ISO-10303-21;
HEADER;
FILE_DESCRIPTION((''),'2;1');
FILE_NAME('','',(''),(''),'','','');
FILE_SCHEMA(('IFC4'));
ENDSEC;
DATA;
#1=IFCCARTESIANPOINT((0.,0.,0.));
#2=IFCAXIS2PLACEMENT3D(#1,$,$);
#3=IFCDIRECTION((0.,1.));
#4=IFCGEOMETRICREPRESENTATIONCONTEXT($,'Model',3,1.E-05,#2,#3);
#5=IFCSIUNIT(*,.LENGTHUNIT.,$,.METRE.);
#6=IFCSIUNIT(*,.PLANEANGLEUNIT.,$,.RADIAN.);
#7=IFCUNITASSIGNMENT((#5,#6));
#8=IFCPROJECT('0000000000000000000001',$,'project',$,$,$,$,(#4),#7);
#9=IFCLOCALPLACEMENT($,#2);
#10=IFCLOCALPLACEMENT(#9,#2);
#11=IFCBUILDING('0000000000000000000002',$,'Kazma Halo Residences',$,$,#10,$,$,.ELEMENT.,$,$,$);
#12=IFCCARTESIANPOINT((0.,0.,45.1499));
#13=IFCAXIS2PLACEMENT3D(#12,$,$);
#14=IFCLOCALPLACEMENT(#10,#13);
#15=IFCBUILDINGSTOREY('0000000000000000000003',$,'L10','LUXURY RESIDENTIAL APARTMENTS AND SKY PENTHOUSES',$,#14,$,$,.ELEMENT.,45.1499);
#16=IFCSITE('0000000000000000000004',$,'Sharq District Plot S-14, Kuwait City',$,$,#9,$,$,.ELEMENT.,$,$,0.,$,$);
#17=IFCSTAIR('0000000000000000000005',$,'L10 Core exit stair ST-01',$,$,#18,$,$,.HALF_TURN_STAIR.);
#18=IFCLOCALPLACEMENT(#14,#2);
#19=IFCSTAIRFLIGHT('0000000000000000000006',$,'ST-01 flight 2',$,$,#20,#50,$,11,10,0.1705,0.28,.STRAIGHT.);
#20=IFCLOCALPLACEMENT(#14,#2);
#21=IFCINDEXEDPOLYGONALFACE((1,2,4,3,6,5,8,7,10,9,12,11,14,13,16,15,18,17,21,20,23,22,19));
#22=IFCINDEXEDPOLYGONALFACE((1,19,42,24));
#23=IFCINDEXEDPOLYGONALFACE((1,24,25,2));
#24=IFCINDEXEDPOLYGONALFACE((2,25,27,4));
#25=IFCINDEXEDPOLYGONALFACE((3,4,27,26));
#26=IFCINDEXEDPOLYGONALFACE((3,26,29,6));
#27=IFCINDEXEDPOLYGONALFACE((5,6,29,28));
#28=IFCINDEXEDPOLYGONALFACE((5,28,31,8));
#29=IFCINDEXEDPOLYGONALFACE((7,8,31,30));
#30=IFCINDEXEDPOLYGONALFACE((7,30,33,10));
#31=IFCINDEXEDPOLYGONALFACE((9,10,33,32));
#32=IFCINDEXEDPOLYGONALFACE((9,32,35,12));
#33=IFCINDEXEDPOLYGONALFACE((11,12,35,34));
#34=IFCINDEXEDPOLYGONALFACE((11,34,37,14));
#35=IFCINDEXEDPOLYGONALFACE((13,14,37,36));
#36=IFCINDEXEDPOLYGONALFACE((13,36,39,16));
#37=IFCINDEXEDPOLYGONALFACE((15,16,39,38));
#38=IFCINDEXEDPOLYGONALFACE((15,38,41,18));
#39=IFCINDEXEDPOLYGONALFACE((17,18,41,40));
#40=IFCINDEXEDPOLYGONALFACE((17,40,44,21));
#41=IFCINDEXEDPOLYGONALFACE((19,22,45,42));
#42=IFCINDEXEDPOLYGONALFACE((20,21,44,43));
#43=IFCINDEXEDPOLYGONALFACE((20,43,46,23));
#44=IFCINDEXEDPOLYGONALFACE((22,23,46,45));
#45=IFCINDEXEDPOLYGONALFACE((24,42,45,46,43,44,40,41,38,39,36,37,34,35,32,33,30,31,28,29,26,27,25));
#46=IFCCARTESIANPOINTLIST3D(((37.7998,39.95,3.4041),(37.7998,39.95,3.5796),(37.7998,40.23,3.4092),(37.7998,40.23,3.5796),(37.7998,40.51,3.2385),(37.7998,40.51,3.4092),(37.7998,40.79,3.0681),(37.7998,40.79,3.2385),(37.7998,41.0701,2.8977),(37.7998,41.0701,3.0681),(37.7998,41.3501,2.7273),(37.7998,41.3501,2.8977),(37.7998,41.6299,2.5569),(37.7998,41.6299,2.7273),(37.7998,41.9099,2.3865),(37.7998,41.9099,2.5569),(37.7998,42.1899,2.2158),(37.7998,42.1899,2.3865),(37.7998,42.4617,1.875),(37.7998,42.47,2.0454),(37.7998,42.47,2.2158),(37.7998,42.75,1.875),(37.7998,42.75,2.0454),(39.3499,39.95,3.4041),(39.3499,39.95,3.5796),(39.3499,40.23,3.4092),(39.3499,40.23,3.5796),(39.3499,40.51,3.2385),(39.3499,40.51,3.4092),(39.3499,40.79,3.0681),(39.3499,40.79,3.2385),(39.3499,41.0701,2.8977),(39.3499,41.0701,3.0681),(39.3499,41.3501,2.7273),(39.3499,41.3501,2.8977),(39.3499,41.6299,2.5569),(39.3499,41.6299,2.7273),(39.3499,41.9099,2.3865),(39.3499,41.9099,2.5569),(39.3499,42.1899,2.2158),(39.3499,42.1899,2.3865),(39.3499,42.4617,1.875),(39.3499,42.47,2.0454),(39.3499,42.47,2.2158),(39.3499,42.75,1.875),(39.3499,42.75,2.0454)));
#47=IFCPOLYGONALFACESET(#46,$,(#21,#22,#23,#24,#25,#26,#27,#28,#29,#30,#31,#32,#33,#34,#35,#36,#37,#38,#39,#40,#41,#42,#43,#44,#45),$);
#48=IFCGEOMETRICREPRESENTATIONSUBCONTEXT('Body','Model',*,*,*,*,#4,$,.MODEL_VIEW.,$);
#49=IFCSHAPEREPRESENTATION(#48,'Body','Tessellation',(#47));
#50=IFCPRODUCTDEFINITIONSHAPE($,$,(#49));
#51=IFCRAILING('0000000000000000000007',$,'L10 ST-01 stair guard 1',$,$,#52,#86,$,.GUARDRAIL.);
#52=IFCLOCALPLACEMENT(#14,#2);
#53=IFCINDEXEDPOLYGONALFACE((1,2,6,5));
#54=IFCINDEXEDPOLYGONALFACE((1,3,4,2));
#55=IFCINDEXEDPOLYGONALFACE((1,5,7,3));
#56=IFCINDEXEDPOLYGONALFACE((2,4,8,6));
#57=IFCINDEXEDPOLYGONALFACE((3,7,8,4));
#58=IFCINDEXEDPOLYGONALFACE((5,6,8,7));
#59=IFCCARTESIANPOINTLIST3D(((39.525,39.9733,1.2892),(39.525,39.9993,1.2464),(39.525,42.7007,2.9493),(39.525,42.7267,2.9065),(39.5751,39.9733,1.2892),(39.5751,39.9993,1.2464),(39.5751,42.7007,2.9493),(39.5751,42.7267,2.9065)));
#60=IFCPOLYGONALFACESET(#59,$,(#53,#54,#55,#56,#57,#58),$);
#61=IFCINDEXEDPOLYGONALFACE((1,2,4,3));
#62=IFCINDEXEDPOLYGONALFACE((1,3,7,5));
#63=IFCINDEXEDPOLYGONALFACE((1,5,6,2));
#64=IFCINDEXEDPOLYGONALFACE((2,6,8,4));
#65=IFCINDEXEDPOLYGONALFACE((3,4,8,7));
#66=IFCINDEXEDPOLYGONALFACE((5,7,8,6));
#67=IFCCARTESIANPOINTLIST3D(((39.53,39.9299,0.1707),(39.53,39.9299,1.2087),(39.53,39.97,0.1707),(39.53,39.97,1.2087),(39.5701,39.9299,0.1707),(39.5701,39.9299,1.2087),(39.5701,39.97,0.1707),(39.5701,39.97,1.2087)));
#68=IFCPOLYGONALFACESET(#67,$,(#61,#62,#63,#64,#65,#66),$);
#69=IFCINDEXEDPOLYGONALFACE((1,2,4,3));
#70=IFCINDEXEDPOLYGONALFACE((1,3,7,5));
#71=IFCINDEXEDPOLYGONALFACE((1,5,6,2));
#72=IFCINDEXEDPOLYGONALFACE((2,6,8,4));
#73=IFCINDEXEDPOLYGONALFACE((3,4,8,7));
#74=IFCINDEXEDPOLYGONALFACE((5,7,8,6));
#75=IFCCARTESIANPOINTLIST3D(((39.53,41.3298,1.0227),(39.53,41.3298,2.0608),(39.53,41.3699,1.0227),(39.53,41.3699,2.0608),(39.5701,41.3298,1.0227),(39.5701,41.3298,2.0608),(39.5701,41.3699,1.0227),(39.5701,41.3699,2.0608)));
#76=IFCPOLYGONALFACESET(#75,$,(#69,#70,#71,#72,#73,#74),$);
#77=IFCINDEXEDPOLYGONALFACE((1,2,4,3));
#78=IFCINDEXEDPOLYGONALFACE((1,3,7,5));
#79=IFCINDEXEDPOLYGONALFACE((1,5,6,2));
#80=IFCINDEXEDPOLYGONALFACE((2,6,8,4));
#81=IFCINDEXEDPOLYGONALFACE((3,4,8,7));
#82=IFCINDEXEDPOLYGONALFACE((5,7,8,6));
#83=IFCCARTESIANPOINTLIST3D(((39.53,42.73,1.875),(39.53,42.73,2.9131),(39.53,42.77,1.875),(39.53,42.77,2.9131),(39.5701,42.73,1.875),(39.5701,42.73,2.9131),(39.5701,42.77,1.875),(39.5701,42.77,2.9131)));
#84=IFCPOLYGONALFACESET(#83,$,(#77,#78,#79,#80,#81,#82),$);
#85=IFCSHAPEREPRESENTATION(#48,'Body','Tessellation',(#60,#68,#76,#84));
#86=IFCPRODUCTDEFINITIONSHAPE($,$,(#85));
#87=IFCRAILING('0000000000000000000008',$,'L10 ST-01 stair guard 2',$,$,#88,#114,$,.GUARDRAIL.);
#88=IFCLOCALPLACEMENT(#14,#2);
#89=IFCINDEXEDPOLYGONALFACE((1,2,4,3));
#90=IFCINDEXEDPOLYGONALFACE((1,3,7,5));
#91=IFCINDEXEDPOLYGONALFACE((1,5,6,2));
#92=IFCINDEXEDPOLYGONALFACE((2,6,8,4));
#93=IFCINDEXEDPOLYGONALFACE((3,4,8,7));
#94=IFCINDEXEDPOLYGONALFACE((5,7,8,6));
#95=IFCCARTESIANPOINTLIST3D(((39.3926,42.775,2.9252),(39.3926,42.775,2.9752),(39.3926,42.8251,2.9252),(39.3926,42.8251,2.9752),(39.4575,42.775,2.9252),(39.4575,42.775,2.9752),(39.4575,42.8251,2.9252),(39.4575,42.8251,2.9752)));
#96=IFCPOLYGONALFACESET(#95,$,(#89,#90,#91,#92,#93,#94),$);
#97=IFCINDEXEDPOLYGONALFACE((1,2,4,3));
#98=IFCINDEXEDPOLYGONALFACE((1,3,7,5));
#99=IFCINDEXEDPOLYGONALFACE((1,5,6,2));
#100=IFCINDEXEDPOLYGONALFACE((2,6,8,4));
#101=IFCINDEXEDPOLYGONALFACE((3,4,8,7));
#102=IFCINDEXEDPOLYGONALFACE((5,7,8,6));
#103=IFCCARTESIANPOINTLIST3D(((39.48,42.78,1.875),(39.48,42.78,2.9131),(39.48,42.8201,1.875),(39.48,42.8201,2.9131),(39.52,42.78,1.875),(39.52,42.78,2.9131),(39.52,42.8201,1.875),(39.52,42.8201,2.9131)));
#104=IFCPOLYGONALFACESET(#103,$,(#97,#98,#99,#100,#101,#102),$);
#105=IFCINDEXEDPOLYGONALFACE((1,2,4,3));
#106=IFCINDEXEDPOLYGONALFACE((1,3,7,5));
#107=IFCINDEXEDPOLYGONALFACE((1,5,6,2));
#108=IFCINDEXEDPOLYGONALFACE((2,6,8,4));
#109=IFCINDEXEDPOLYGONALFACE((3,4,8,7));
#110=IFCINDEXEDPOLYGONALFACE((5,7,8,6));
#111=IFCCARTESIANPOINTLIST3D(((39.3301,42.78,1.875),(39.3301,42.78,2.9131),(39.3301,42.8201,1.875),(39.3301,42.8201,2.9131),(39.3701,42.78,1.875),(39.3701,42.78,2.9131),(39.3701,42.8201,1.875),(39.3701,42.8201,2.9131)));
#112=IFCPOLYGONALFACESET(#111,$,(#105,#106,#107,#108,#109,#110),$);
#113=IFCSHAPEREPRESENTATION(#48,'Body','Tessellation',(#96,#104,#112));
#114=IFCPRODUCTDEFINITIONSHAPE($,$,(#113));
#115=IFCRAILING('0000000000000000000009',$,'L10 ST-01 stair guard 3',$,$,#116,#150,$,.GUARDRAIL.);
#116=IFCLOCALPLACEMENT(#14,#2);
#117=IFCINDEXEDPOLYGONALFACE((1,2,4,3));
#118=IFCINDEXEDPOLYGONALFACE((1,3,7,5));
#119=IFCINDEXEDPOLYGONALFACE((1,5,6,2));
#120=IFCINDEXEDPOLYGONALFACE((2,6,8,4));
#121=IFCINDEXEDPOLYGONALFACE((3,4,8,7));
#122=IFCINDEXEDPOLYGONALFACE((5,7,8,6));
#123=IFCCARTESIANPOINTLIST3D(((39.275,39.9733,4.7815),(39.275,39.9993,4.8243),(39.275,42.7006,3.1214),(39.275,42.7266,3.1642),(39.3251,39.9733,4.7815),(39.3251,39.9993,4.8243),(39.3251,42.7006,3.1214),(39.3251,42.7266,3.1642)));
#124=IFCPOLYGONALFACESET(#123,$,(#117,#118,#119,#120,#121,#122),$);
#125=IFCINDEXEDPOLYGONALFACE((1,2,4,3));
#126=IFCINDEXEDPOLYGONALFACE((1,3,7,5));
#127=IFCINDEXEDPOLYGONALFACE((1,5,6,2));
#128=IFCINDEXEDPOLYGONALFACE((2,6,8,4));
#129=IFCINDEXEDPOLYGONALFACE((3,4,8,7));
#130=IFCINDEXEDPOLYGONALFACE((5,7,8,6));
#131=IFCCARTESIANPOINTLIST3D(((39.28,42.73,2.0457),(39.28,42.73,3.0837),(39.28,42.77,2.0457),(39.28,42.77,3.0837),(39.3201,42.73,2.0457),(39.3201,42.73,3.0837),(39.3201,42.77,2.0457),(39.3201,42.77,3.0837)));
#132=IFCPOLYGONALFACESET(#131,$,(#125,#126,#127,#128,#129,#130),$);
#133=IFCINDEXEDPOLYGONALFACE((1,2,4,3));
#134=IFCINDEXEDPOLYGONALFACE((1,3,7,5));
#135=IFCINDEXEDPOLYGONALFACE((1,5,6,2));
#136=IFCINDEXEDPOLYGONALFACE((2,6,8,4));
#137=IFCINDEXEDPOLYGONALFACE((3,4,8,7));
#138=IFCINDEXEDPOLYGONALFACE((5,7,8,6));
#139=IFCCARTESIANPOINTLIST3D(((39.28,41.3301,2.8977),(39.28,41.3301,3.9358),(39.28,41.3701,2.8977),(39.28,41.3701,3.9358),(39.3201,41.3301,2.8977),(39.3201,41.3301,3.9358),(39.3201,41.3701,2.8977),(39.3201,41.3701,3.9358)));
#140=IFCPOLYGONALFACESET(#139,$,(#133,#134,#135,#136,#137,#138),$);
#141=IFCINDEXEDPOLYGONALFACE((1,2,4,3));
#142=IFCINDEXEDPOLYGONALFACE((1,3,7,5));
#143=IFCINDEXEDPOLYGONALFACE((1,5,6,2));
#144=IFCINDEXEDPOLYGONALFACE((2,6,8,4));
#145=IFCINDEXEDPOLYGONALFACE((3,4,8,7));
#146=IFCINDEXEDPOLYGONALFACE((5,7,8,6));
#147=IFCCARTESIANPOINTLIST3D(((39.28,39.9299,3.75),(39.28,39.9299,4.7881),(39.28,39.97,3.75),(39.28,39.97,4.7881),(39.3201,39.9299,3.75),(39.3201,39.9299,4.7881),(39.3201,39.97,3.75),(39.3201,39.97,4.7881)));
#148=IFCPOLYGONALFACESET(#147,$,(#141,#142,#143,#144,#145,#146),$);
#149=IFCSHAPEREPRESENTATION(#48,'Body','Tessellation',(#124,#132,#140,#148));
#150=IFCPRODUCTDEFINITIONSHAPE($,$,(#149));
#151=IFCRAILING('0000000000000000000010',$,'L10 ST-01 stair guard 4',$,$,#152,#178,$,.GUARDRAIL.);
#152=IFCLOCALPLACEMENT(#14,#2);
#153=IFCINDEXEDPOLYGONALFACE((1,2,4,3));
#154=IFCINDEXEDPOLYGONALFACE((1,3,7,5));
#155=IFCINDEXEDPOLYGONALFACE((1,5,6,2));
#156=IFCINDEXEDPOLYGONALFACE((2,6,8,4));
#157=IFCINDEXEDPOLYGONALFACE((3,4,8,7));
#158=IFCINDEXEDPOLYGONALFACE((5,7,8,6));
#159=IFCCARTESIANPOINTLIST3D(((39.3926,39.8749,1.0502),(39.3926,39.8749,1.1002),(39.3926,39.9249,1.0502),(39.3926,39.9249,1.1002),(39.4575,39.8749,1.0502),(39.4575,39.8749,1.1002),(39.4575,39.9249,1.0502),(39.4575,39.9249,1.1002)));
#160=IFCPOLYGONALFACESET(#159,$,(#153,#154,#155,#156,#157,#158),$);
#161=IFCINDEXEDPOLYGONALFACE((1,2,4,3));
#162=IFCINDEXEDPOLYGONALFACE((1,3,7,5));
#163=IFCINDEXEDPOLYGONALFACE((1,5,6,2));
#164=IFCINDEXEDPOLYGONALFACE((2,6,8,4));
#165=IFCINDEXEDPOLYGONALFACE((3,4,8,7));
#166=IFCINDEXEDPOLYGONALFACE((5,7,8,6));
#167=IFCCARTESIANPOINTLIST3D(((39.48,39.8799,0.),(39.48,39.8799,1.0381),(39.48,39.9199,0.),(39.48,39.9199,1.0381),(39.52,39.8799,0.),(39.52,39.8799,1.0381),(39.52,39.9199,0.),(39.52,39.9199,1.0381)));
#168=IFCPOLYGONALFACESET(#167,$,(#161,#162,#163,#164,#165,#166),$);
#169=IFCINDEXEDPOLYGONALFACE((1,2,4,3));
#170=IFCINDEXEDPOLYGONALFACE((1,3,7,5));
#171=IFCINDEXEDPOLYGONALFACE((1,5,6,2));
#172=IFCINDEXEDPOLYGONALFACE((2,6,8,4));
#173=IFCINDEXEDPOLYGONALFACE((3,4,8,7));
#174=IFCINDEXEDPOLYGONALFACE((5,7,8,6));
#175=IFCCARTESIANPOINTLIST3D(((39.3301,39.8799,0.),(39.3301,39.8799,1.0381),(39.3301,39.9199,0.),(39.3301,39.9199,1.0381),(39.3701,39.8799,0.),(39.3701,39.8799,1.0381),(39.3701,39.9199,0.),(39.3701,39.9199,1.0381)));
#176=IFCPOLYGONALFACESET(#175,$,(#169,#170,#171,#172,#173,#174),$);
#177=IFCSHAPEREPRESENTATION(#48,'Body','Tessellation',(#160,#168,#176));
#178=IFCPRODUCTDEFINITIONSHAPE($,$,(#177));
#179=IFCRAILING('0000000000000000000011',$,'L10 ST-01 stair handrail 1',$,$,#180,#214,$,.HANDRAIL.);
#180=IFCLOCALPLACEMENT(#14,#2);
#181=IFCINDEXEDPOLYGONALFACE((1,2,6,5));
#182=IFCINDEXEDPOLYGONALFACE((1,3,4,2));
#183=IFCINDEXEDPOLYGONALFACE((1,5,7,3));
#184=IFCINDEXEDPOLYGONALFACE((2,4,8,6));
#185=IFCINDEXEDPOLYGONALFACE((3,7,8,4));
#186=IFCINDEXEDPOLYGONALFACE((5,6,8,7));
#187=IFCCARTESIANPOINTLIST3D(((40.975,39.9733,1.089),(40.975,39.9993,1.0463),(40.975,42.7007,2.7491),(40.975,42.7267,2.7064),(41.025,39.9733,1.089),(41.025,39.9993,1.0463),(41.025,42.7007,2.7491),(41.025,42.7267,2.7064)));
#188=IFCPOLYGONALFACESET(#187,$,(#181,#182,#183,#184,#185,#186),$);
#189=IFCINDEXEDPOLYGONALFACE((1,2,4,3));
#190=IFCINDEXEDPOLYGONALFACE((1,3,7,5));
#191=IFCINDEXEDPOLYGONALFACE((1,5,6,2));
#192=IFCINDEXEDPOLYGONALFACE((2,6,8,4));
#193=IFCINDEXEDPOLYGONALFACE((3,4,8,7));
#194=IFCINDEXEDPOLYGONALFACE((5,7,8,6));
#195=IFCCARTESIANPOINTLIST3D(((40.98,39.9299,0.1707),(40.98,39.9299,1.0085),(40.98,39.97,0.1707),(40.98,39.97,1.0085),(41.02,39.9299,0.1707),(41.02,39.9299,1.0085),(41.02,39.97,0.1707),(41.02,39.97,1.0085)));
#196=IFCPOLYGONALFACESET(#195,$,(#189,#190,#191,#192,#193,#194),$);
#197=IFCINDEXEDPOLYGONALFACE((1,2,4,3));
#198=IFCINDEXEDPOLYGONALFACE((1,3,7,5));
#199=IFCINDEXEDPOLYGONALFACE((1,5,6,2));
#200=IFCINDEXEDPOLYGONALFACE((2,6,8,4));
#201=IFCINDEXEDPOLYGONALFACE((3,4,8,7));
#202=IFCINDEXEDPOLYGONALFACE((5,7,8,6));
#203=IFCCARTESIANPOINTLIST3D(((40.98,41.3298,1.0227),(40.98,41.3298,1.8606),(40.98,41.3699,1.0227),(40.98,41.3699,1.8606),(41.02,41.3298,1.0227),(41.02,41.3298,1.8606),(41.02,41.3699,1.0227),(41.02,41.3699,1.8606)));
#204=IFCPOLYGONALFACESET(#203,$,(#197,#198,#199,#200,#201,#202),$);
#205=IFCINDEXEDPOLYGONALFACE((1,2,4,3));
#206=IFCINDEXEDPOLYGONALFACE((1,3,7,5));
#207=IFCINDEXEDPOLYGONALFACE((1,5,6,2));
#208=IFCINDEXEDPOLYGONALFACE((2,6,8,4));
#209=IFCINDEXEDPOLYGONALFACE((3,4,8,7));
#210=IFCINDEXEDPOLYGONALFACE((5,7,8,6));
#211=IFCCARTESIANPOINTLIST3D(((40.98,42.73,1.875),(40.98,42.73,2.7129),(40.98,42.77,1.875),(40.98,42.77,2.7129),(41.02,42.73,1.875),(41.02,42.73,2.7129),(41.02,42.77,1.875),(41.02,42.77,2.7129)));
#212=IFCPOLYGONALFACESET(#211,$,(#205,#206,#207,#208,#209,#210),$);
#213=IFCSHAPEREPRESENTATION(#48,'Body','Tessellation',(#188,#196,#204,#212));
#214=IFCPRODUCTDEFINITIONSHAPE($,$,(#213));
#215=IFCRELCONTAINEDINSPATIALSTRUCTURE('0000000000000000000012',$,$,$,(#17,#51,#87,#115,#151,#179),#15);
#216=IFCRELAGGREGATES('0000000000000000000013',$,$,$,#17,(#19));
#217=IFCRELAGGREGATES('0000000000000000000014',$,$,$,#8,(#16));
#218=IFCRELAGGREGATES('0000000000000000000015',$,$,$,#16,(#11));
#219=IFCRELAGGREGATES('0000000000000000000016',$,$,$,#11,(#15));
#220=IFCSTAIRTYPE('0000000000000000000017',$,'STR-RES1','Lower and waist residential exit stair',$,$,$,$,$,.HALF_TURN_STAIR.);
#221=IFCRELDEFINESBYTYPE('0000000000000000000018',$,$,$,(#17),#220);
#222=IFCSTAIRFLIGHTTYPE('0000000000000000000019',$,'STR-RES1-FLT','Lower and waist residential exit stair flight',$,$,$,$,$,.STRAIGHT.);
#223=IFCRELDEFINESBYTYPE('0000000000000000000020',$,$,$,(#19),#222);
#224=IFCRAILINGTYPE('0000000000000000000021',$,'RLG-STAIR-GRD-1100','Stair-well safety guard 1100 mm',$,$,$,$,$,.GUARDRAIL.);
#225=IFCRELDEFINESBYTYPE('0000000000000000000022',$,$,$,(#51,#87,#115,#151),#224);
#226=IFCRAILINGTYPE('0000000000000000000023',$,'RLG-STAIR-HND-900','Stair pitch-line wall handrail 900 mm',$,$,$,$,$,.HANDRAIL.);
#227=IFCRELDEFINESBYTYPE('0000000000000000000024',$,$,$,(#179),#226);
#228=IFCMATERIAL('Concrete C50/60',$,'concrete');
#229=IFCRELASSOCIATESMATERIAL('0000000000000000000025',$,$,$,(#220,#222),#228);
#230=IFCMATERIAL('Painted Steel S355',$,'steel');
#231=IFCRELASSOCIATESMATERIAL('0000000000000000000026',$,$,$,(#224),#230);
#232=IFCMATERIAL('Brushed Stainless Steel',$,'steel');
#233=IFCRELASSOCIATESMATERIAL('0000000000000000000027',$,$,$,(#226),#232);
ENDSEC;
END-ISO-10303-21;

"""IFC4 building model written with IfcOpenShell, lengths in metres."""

from ifc_helpers import new_model, si_unit, direction, frame, origin, origin_2d, place, context, subcontext, project, spatial, polyline, rectangle, outline, extrude, material, type_object, element, aggregate, save


model = new_model("IFC4")

# Units and contexts
model_context = context("Model", 3, precision=1e-05, world=origin(), true_north=direction((0.0, 1.0)))
body_context = subcontext(model_context, "Body", "Model", "MODEL_VIEW")
ifc_project = project(units=[si_unit("LENGTHUNIT", "METRE"), si_unit("PLANEANGLEUNIT", "RADIAN")], contexts=[model_context])

# Site, building, storey
site_placement = place(None, origin())
site = spatial("IfcSite", under=ifc_project, at=site_placement, Name="Sharq District Plot S-14, Kuwait City", CompositionType="ELEMENT", RefElevation=0.0)
building_placement = place(site_placement, origin())
building = spatial("IfcBuilding", under=site, at=building_placement, Name="Kazma Halo Residences", CompositionType="ELEMENT")
storey_placement = place(building_placement, frame((0.0, 0.0, 45.1499)))
storey = spatial("IfcBuildingStorey", under=building, at=storey_placement, Name="L10", Description="LUXURY RESIDENTIAL APARTMENTS AND SKY PENTHOUSES", CompositionType="ELEMENT", Elevation=45.1499)

# Stair, stair flight
ifc_material_1 = material(Name="Concrete C50/60", Category="concrete")
stair_type = type_object("IfcStairType", Name="STR-RES1", Description="Lower and waist residential exit stair", PredefinedType="HALF_TURN_STAIR", material=ifc_material_1)
stair_placement = place(storey_placement, origin())
stair = element("IfcStair", 1, at=stair_placement, inside=storey, type_object=stair_type, Name="L10 Core exit stair ST-01", PredefinedType="HALF_TURN_STAIR")
stair_flight_type = type_object("IfcStairFlightType", Name="STR-RES1-FLT", Description="Lower and waist residential exit stair flight", PredefinedType="STRAIGHT", material=ifc_material_1)
stair_flight_1_placement = place(storey_placement, frame((38.575, 42.75, 1.875), z_axis=(0.0, 0.0, 1.0), x_axis=(0.0, -1.0, 0.0)))
stair_flight_1 = element("IfcStairFlight", 2, at=stair_flight_1_placement, type_object=stair_flight_type, Name="ST-01 flight 2", NumberOfRisers=11, NumberOfTreads=10, PredefinedType="STRAIGHT", RiserHeight=0.1705, TreadLength=0.28, context=body_context, shape_type="SweptSolid", body=[
    extrude(outline(polyline([(0.0, 0.0), (0.0, 0.1704), (0.28, 0.1704), (0.28, 0.3408), (0.5601, 0.3408), (0.5601, 0.5115), (0.8401, 0.5115), (0.8401, 0.6819), (1.1201, 0.6819), (1.1201, 0.8523), (1.3999, 0.8523), (1.3999, 1.0227), (1.6799, 1.0227), (1.6799, 1.1931), (1.96, 1.1931), (1.96, 1.3635), (2.24, 1.3635), (2.24, 1.5342), (2.52, 1.5342), (2.52, 1.7046), (2.8, 1.7046), (2.8, 1.875), (2.8, 1.5291), (0.2883, 0.0), (0.0, 0.0)])), frame((0.0, 0.7749, 0.0), z_axis=(0.0, -1.0, 0.0), x_axis=(1.0, 0.0, 0.0)), (0.0, 0.0, 1.0), 1.55),
])
aggregate(stair, [stair_flight_1])

# Railings
ifc_material_2 = material(Name="Painted Steel S355", Category="steel")
railing_type_1 = type_object("IfcRailingType", Name="RLG-STAIR-GRD-1100", Description="Stair-well safety guard 1100 mm", PredefinedType="GUARDRAIL", material=ifc_material_2)
railing_1_placement = place(storey_placement, frame((39.55, 39.95, 0.1707)))
element("IfcRailing", 3, at=railing_1_placement, inside=storey, type_object=railing_type_1, Name="L10 ST-01 stair guard 1", PredefinedType="GUARDRAIL", context=body_context, shape_type="SweptSolid", body=[
    extrude(rectangle(XDim=0.05, YDim=0.05, at=origin_2d()), frame((0.0, 0.0364, 1.0972), z_axis=(0.0, 0.854203, 0.51994), x_axis=(-1.0, 0.0, 0.0)), (0.0, 0.0, 1.0), 3.1929),
    extrude(rectangle(XDim=0.04, YDim=0.04, at=origin_2d()), origin(), (0.0, 0.0, 1.0), 1.0381),
    extrude(rectangle(XDim=0.04, YDim=0.04, at=origin_2d()), frame((0.0, 1.3999, 0.8521)), (0.0, 0.0, 1.0), 1.0381),
    extrude(rectangle(XDim=0.04, YDim=0.04, at=origin_2d()), frame((0.0, 2.8, 1.7043)), (0.0, 0.0, 1.0), 1.0381),
])
railing_2_placement = place(storey_placement, frame((39.5, 42.8, 1.875)))
element("IfcRailing", 4, at=railing_2_placement, inside=storey, type_object=railing_type_1, Name="L10 ST-01 stair guard 2", PredefinedType="GUARDRAIL", context=body_context, shape_type="SweptSolid", body=[
    extrude(rectangle(XDim=0.05, YDim=0.05, at=origin_2d()), frame((-0.0425, 0.0, 1.0752), z_axis=(-1.0, 0.0, 0.0), x_axis=(0.0, -1.0, 0.0)), (0.0, 0.0, 1.0), 0.0649),
    extrude(rectangle(XDim=0.04, YDim=0.04, at=origin_2d()), origin(), (0.0, 0.0, 1.0), 1.0381),
    extrude(rectangle(XDim=0.04, YDim=0.04, at=origin_2d()), frame((-0.1499, 0.0, 0.0)), (0.0, 0.0, 1.0), 1.0381),
])
railing_3_placement = place(storey_placement, frame((39.3, 42.75, 2.0457)))
element("IfcRailing", 5, at=railing_3_placement, inside=storey, type_object=railing_type_1, Name="L10 ST-01 stair guard 3", PredefinedType="GUARDRAIL", context=body_context, shape_type="SweptSolid", body=[
    extrude(rectangle(XDim=0.05, YDim=0.05, at=origin_2d()), frame((0.0, -0.0364, 1.0972), z_axis=(0.0, -0.854203, 0.51994), x_axis=(1.0, 0.0, 0.0)), (0.0, 0.0, 1.0), 3.1929),
    extrude(rectangle(XDim=0.04, YDim=0.04, at=origin_2d()), origin(), (0.0, 0.0, 1.0), 1.0381),
    extrude(rectangle(XDim=0.04, YDim=0.04, at=origin_2d()), frame((0.0, -1.3999, 0.8521)), (0.0, 0.0, 1.0), 1.0381),
    extrude(rectangle(XDim=0.04, YDim=0.04, at=origin_2d()), frame((0.0, -2.8, 1.7043)), (0.0, 0.0, 1.0), 1.0381),
])
railing_4_placement = place(storey_placement, frame((39.5, 39.8999, 0.0)))
element("IfcRailing", 6, at=railing_4_placement, inside=storey, type_object=railing_type_1, Name="L10 ST-01 stair guard 4", PredefinedType="GUARDRAIL", context=body_context, shape_type="SweptSolid", body=[
    extrude(rectangle(XDim=0.05, YDim=0.05, at=origin_2d()), frame((-0.0425, 0.0, 1.0752), z_axis=(-1.0, 0.0, 0.0), x_axis=(0.0, -1.0, 0.0)), (0.0, 0.0, 1.0), 0.0649),
    extrude(rectangle(XDim=0.04, YDim=0.04, at=origin_2d()), origin(), (0.0, 0.0, 1.0), 1.0381),
    extrude(rectangle(XDim=0.04, YDim=0.04, at=origin_2d()), frame((-0.1499, 0.0, 0.0)), (0.0, 0.0, 1.0), 1.0381),
])
ifc_material_3 = material(Name="Brushed Stainless Steel", Category="steel")
railing_type_2 = type_object("IfcRailingType", Name="RLG-STAIR-HND-900", Description="Stair pitch-line wall handrail 900 mm", PredefinedType="HANDRAIL", material=ifc_material_3)
railing_5_placement = place(storey_placement, frame((41.0, 39.95, 0.1707)))
element("IfcRailing", 7, at=railing_5_placement, inside=storey, type_object=railing_type_2, Name="L10 ST-01 stair handrail 1", PredefinedType="HANDRAIL", context=body_context, shape_type="SweptSolid", body=[
    extrude(rectangle(XDim=0.05, YDim=0.05, at=origin_2d()), frame((0.0, 0.0364, 0.897), z_axis=(0.0, 0.854203, 0.51994), x_axis=(-1.0, 0.0, 0.0)), (0.0, 0.0, 1.0), 3.1929),
    extrude(rectangle(XDim=0.04, YDim=0.04, at=origin_2d()), origin(), (0.0, 0.0, 1.0), 0.8379),
    extrude(rectangle(XDim=0.04, YDim=0.04, at=origin_2d()), frame((0.0, 1.3999, 0.8521)), (0.0, 0.0, 1.0), 0.8379),
    extrude(rectangle(XDim=0.04, YDim=0.04, at=origin_2d()), frame((0.0, 2.8, 1.7043)), (0.0, 0.0, 1.0), 0.8379),
])

save(model, "model.ifc")
